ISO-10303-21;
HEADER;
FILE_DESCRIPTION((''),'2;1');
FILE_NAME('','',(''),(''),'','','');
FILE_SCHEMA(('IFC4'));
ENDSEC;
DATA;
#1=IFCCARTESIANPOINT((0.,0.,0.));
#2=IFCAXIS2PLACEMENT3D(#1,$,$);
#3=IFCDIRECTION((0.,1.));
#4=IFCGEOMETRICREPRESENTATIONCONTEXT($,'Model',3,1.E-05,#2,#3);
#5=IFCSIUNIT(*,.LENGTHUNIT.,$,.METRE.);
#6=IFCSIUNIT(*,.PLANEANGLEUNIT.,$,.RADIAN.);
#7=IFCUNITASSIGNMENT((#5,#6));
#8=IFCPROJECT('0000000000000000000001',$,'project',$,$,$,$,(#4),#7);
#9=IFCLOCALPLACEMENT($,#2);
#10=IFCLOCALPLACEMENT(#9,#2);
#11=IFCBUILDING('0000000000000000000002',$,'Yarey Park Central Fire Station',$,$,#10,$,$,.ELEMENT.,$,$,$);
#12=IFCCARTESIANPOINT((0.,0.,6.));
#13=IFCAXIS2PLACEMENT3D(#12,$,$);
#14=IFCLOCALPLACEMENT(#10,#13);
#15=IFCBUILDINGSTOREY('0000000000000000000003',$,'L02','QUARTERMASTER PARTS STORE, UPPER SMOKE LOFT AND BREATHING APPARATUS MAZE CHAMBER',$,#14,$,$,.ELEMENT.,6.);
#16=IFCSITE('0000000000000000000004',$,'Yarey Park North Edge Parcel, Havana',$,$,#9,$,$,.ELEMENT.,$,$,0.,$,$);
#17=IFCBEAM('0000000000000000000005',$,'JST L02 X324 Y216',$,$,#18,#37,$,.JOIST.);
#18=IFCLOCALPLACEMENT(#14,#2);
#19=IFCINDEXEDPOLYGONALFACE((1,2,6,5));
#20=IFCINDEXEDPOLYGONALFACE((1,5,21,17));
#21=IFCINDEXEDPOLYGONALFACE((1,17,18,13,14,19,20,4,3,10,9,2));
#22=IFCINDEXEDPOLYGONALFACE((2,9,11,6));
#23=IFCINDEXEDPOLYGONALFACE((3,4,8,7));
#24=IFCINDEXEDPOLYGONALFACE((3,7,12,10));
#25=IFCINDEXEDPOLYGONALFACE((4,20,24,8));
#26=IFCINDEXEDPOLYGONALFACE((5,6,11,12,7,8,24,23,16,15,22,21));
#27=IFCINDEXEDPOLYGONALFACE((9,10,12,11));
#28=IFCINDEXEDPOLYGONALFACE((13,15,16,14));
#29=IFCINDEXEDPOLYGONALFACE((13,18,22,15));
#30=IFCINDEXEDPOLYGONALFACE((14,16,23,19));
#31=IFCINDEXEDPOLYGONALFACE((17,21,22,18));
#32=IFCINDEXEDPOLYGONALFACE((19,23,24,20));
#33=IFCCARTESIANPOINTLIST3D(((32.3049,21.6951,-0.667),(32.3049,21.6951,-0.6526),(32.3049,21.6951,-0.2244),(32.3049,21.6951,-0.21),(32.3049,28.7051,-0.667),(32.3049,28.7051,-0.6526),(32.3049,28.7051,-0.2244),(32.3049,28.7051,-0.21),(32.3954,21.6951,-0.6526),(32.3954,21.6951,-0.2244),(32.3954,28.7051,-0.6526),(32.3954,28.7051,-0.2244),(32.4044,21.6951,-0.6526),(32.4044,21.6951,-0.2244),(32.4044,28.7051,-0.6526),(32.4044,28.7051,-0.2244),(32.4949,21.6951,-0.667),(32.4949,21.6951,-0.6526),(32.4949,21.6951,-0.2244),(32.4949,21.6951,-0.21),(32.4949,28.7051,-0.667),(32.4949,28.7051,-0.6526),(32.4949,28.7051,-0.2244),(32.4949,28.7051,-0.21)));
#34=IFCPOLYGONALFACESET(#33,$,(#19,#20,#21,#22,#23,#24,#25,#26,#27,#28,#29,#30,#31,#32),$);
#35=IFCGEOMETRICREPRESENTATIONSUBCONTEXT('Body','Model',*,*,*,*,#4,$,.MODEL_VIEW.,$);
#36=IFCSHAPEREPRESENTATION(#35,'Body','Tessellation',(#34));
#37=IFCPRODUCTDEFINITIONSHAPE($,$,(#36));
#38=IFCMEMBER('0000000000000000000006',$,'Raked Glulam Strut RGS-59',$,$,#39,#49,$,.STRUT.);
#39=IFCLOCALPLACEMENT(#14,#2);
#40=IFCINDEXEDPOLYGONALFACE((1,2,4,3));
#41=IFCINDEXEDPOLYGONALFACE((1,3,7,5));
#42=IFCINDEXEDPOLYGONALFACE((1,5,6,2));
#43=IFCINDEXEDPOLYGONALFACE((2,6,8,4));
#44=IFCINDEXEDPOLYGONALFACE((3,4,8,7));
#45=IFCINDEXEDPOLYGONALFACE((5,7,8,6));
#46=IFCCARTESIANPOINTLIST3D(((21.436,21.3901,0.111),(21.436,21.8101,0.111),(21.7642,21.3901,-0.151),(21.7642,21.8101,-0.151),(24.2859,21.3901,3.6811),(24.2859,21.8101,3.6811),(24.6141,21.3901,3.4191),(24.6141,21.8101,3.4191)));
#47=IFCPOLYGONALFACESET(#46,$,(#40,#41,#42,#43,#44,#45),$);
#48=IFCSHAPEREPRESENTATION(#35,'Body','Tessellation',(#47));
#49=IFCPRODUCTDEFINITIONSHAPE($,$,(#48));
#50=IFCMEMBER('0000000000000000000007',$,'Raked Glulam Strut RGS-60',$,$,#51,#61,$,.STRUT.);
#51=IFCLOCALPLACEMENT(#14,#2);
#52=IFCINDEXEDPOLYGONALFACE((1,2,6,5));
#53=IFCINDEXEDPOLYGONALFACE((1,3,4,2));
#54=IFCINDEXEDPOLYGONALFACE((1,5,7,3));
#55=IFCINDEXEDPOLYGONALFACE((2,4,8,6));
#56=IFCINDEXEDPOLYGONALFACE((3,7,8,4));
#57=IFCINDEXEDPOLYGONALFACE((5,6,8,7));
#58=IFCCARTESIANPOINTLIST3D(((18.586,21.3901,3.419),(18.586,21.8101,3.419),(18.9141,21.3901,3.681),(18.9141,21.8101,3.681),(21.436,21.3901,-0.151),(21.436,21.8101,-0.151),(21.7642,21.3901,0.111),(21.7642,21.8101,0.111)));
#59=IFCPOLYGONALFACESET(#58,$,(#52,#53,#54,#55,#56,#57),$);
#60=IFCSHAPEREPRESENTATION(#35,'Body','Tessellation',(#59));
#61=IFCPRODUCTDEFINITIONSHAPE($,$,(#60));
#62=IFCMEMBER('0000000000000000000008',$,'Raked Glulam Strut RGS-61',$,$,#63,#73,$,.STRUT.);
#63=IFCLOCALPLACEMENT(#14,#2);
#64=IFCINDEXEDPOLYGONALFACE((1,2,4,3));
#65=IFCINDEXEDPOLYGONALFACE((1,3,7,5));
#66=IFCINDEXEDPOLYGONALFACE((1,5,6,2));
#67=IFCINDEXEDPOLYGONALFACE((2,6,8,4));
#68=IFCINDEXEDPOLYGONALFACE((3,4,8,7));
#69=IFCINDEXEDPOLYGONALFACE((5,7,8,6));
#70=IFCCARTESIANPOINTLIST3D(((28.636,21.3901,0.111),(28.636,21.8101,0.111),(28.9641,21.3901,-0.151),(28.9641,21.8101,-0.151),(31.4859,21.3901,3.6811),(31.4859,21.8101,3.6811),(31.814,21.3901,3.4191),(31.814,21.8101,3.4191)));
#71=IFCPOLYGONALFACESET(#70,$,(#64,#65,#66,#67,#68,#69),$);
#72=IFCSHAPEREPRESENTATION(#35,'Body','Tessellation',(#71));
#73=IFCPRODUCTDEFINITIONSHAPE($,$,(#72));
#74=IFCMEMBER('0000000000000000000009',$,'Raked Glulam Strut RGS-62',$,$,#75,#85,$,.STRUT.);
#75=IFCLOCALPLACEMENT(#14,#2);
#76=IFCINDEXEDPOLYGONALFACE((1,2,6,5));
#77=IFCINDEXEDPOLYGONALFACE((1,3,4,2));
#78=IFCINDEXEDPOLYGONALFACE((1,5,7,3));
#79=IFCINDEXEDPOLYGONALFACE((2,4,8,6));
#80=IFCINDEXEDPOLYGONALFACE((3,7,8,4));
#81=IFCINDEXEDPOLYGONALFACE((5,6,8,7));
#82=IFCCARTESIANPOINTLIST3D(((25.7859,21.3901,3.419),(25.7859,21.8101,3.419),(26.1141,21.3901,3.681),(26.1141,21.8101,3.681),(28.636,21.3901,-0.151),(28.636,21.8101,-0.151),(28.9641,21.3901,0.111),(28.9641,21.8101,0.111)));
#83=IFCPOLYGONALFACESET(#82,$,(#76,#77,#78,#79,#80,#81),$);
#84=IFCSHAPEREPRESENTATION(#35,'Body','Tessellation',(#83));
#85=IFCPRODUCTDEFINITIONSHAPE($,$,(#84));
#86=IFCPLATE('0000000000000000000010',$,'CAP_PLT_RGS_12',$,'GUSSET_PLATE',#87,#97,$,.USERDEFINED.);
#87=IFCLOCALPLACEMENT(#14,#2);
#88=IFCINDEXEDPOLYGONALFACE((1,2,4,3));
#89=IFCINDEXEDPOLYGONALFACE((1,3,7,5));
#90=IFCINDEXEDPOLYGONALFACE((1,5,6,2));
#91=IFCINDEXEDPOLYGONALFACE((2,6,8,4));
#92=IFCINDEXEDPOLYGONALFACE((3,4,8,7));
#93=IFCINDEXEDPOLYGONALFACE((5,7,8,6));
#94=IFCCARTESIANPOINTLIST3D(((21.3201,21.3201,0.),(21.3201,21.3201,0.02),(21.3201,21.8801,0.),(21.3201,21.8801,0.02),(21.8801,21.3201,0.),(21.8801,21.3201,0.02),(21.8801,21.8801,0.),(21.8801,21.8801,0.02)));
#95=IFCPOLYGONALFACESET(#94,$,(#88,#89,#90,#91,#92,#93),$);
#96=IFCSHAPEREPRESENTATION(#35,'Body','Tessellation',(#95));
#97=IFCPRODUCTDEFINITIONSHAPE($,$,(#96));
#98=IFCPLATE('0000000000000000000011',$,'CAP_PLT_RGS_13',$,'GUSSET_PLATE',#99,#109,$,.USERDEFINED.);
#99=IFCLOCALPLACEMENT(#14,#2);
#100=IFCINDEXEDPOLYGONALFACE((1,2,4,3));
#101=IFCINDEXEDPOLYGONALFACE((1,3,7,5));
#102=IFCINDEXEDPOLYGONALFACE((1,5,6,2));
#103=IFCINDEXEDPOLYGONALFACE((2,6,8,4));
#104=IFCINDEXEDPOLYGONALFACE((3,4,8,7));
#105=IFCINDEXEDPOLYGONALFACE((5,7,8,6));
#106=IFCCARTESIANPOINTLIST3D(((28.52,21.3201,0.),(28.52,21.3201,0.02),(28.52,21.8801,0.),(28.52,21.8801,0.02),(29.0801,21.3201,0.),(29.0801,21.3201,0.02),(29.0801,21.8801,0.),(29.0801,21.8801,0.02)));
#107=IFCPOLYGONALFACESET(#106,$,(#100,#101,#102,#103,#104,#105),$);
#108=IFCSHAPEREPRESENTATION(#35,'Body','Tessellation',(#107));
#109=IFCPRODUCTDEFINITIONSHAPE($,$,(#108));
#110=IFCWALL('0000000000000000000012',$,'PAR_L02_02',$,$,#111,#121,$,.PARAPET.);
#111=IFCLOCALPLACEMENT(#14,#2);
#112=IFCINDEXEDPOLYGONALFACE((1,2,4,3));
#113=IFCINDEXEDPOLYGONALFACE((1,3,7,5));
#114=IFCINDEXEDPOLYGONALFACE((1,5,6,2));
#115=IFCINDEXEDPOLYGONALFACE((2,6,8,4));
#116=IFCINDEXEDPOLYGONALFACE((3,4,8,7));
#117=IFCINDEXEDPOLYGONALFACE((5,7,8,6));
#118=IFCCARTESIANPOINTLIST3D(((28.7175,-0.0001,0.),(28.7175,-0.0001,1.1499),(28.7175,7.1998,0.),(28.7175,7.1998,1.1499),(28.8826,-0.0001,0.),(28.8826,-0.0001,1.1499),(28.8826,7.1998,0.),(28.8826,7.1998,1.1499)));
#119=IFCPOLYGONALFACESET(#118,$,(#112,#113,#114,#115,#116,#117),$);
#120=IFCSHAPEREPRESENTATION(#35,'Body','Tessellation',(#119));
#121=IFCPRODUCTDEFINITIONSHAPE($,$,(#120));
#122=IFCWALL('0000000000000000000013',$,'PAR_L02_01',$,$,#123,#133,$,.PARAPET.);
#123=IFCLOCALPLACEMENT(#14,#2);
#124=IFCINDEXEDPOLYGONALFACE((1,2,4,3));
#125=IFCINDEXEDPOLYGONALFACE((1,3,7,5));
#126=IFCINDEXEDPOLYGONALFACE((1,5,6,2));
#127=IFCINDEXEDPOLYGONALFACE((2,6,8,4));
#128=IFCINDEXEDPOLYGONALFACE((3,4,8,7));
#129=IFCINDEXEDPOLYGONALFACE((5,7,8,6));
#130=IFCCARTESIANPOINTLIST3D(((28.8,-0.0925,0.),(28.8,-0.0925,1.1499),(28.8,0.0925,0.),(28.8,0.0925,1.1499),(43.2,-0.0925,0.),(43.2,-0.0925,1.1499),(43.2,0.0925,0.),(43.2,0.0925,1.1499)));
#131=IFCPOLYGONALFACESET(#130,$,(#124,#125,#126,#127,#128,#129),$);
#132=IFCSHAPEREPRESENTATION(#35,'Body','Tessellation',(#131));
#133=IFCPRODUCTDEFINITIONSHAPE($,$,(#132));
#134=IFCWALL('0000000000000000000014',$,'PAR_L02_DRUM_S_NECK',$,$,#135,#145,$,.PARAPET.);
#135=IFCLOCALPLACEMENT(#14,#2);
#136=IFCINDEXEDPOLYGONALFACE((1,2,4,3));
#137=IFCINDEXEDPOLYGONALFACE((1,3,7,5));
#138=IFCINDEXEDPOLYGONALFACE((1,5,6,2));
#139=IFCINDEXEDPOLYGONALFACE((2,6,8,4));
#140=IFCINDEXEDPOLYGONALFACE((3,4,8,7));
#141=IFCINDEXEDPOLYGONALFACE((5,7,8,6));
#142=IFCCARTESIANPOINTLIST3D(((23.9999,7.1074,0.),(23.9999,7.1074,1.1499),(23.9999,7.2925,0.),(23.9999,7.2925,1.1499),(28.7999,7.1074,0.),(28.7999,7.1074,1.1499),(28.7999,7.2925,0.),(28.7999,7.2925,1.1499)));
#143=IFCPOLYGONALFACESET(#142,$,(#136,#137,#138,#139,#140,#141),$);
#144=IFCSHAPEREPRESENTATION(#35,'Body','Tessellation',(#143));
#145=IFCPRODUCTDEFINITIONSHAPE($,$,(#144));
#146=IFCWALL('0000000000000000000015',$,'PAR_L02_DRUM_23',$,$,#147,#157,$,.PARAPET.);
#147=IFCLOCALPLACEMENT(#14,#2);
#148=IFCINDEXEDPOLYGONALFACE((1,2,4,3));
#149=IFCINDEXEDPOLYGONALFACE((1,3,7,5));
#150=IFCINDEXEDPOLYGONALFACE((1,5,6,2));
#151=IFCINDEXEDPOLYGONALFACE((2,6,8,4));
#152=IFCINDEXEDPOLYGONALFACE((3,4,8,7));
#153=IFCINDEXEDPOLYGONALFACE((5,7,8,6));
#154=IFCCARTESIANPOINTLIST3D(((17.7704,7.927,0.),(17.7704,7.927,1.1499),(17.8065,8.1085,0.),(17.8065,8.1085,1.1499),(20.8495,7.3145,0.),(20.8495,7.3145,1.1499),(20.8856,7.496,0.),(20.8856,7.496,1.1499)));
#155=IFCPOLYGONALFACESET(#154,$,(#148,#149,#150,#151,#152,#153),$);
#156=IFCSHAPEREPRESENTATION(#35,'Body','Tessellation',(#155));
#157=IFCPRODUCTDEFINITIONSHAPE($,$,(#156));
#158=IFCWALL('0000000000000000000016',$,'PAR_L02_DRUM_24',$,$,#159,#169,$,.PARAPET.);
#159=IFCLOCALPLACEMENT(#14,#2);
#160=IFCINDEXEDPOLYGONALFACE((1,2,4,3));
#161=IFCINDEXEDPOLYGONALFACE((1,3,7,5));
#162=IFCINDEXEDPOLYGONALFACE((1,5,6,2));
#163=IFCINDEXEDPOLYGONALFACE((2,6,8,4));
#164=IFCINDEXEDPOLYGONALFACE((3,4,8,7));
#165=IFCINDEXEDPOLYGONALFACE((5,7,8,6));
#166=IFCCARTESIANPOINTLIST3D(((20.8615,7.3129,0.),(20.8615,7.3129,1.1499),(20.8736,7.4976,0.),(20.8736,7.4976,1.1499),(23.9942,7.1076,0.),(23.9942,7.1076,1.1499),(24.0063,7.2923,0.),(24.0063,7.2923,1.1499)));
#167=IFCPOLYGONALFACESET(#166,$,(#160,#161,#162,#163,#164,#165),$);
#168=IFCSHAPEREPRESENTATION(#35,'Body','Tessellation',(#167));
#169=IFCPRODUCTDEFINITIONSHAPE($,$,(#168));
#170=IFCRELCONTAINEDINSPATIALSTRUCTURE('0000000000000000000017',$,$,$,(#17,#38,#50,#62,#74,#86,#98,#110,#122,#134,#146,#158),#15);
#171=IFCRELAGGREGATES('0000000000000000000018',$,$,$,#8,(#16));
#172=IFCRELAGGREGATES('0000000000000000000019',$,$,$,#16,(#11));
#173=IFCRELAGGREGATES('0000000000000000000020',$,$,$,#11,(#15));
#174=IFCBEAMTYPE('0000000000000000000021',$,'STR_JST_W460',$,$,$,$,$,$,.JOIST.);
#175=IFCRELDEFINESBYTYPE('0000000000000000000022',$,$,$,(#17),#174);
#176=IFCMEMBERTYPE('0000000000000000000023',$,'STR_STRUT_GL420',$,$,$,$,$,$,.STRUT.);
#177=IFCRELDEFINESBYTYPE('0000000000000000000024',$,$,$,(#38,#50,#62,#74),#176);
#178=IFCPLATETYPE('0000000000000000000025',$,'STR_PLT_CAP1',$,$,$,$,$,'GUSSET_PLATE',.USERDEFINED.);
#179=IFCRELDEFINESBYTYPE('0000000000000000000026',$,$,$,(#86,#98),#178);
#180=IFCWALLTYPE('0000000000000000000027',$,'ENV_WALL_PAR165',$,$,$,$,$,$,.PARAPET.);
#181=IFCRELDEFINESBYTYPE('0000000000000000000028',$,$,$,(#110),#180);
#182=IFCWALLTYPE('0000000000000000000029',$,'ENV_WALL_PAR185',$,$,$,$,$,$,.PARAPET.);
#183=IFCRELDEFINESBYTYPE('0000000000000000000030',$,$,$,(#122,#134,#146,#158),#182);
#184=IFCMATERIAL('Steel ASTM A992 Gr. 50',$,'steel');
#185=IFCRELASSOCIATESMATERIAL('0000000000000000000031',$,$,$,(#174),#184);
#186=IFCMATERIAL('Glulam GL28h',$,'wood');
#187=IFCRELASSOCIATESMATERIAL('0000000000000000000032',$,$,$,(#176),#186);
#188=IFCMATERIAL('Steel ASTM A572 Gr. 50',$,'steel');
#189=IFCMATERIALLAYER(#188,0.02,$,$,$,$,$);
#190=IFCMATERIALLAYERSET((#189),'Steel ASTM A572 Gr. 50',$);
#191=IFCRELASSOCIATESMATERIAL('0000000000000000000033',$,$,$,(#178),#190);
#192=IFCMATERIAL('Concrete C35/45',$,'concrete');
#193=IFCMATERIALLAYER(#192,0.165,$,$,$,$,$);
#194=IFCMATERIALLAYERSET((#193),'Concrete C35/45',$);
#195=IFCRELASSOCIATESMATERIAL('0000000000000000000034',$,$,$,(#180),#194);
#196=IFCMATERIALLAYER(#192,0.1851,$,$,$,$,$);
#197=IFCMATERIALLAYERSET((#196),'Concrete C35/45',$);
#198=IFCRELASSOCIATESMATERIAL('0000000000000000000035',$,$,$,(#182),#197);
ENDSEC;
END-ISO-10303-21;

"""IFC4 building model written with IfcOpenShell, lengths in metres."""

from ifc_helpers import new_model, si_unit, direction, frame, frame_2d, origin, origin_2d, place, context, subcontext, project, spatial, rectangle, i_section, extrude, material, layer, layer_set, material_profile, profile_set, type_object, element, save


model = new_model("IFC4")

# Units and contexts
model_context = context("Model", 3, precision=1e-05, world=origin(), true_north=direction((0.0, 1.0)))
body_context = subcontext(model_context, "Body", "Model", "MODEL_VIEW")
ifc_project = project(units=[si_unit("LENGTHUNIT", "METRE"), si_unit("PLANEANGLEUNIT", "RADIAN")], contexts=[model_context])

# Site, building, storey
site_placement = place(None, origin())
site = spatial("IfcSite", under=ifc_project, at=site_placement, Name="Yarey Park North Edge Parcel, Havana", CompositionType="ELEMENT", RefElevation=0.0)
building_placement = place(site_placement, origin())
building = spatial("IfcBuilding", under=site, at=building_placement, Name="Yarey Park Central Fire Station", CompositionType="ELEMENT")
storey_placement = place(building_placement, frame((0.0, 0.0, 6.0)))
storey = spatial("IfcBuildingStorey", under=building, at=storey_placement, Name="L02", Description="QUARTERMASTER PARTS STORE, UPPER SMOKE LOFT AND BREATHING APPARATUS MAZE CHAMBER", CompositionType="ELEMENT", Elevation=6.0)

# Shared definitions
ifc_material_1 = material(Name="Steel ASTM A992 Gr. 50", Category="steel")

# Beam
ifc_material_profile_1 = material_profile(ifc_material_1, i_section(OverallWidth=0.1899, OverallDepth=0.457, WebThickness=0.009, FlangeThickness=0.0144, at=origin_2d()), Name="W460x74")
ifc_profile_set_1 = profile_set([ifc_material_profile_1], Name="Steel ASTM A992 Gr. 50")
beam_type_1 = type_object("IfcBeamType", Name="STR_JST_W460", PredefinedType="JOIST", material=ifc_profile_set_1)
beam_1_placement = place(storey_placement, frame((32.3999, 21.6951, -0.4385), z_axis=(0.0, 1.0, 0.0), x_axis=(-1.0, 0.0, 0.0)))
element("IfcBeam", 1, at=beam_1_placement, inside=storey, type_object=beam_type_1, Name="JST L02 X324 Y216", PredefinedType="JOIST", context=body_context, shape_type="SweptSolid", body=[
    extrude(i_section(OverallWidth=0.1899, OverallDepth=0.457, WebThickness=0.009, FlangeThickness=0.0144, at=origin_2d()), origin(), (0.0, 0.0, 1.0), 7.01),
])

# Members
ifc_material_2 = material(Name="Glulam GL28h", Category="wood")
ifc_material_profile_2 = material_profile(ifc_material_2, rectangle(XDim=0.4199, YDim=0.4199, at=origin_2d()), Name="GL 420x420")
ifc_profile_set_2 = profile_set([ifc_material_profile_2], Name="Glulam GL28h")
member_type_1 = type_object("IfcMemberType", Name="STR_STRUT_GL420", PredefinedType="STRUT", material=ifc_profile_set_2)
for number, where, z_axis, x_axis, name in (
    (2, (21.6001, 21.6001, -0.02), (0.623867, 0.0, 0.781531), (0.0, 1.0, 0.0), "Raked Glulam Strut RGS-59"),
    (3, (21.6001, 21.6001, -0.02), (-0.6239, 0.0, 0.781505), (0.0, -1.0, 0.0), "Raked Glulam Strut RGS-60"),
    (4, (28.8, 21.6001, -0.02), (0.623867, 0.0, 0.781531), (0.0, 1.0, 0.0), "Raked Glulam Strut RGS-61"),
    (5, (28.8, 21.6001, -0.02), (-0.6239, 0.0, 0.781505), (0.0, -1.0, 0.0), "Raked Glulam Strut RGS-62"),
):
    element("IfcMember", number, at=place(storey_placement, frame(where, z_axis=z_axis, x_axis=x_axis)), inside=storey, type_object=member_type_1, Name=name, PredefinedType="STRUT", context=body_context, shape_type="SweptSolid", body=[
        extrude(rectangle(XDim=0.4199, YDim=0.4199, at=origin_2d()), origin(), (0.0, 0.0, 1.0), 4.5681),
    ])

# Plates
ifc_material_3 = material(Name="Steel ASTM A572 Gr. 50", Category="steel")
ifc_layer_1 = layer(ifc_material_3, 0.02)
ifc_layer_set_1 = layer_set([ifc_layer_1], Name="Steel ASTM A572 Gr. 50")
plate_type = type_object("IfcPlateType", Name="STR_PLT_CAP1", ElementType="GUSSET_PLATE", PredefinedType="USERDEFINED", material=ifc_layer_set_1)
for number, where, z_axis, x_axis, name in (
    (6, (21.6001, 21.6001, 0.0), (0.0, 0.0, 1.0), (1.0, 0.0, 0.0), "CAP_PLT_RGS_12"),
    (7, (28.8, 21.6001, 0.0), (0.0, 0.0, 1.0), (1.0, 0.0, 0.0), "CAP_PLT_RGS_13"),
):
    element("IfcPlate", number, at=place(storey_placement, frame(where, z_axis=z_axis, x_axis=x_axis)), inside=storey, type_object=plate_type, Name=name, ObjectType="GUSSET_PLATE", PredefinedType="USERDEFINED", context=body_context, shape_type="SweptSolid", body=[
        extrude(rectangle(XDim=0.5601, YDim=0.5601, at=origin_2d()), origin(), (0.0, 0.0, 1.0), 0.02),
    ])

# Walls
ifc_material_4 = material(Name="Concrete C35/45", Category="concrete")
ifc_layer_2 = layer(ifc_material_4, 0.165)
ifc_layer_set_2 = layer_set([ifc_layer_2], Name="Concrete C35/45")
wall_type_1 = type_object("IfcWallType", Name="ENV_WALL_PAR165", PredefinedType="PARAPET", material=ifc_layer_set_2)
wall_1_placement = place(storey_placement, frame((28.8, 7.2, 0.0), z_axis=(0.0, 0.0, 1.0), x_axis=(0.0, -1.0, 0.0)))
element("IfcWall", 8, at=wall_1_placement, inside=storey, type_object=wall_type_1, Name="PAR_L02_02", PredefinedType="PARAPET", context=body_context, shape_type="SweptSolid", body=[
    extrude(rectangle(XDim=7.2, YDim=0.165, at=frame_2d((3.6001, 0.0))), origin(), (0.0, 0.0, 1.0), 1.1499),
])
ifc_layer_3 = layer(ifc_material_4, 0.1851)
ifc_layer_set_3 = layer_set([ifc_layer_3], Name="Concrete C35/45")
wall_type_2 = type_object("IfcWallType", Name="ENV_WALL_PAR185", PredefinedType="PARAPET", material=ifc_layer_set_3)
wall_2_placement = place(storey_placement, frame((28.8, 0.0, 0.0), z_axis=(0.0, 0.0, 1.0), x_axis=(1.0, 0.0, 0.0)))
element("IfcWall", 9, at=wall_2_placement, inside=storey, type_object=wall_type_2, Name="PAR_L02_01", PredefinedType="PARAPET", context=body_context, shape_type="SweptSolid", body=[
    extrude(rectangle(XDim=14.3999, YDim=0.1851, at=frame_2d((7.2, 0.0))), origin(), (0.0, 0.0, 1.0), 1.1499),
])
wall_3_placement = place(storey_placement, frame((24.0, 7.2, 0.0), z_axis=(0.0, 0.0, 1.0), x_axis=(1.0, 0.0, 0.0)))
element("IfcWall", 10, at=wall_3_placement, inside=storey, type_object=wall_type_2, Name="PAR_L02_DRUM_S_NECK", PredefinedType="PARAPET", context=body_context, shape_type="SweptSolid", body=[
    extrude(rectangle(XDim=4.8, YDim=0.1851, at=frame_2d((2.3999, 0.0))), origin(), (0.0, 0.0, 1.0), 1.1499),
])
for number, where, z_axis, x_axis, name in (
    (11, (17.7883, 8.0178, 0.0), (0.0, 0.0, 1.0), (0.980781, -0.195114, 0.0), "PAR_L02_DRUM_23"),
    (12, (20.8674, 7.4053, 0.0), (0.0, 0.0, 1.0), (0.997859, -0.065404, 0.0), "PAR_L02_DRUM_24"),
):
    element("IfcWall", number, at=place(storey_placement, frame(where, z_axis=z_axis, x_axis=x_axis)), inside=storey, type_object=wall_type_2, Name=name, PredefinedType="PARAPET", context=body_context, shape_type="SweptSolid", body=[
        extrude(rectangle(XDim=3.1394, YDim=0.1851, at=frame_2d((1.5698, 0.0))), origin(), (0.0, 0.0, 1.0), 1.1499),
    ])

save(model, "model.ifc")
